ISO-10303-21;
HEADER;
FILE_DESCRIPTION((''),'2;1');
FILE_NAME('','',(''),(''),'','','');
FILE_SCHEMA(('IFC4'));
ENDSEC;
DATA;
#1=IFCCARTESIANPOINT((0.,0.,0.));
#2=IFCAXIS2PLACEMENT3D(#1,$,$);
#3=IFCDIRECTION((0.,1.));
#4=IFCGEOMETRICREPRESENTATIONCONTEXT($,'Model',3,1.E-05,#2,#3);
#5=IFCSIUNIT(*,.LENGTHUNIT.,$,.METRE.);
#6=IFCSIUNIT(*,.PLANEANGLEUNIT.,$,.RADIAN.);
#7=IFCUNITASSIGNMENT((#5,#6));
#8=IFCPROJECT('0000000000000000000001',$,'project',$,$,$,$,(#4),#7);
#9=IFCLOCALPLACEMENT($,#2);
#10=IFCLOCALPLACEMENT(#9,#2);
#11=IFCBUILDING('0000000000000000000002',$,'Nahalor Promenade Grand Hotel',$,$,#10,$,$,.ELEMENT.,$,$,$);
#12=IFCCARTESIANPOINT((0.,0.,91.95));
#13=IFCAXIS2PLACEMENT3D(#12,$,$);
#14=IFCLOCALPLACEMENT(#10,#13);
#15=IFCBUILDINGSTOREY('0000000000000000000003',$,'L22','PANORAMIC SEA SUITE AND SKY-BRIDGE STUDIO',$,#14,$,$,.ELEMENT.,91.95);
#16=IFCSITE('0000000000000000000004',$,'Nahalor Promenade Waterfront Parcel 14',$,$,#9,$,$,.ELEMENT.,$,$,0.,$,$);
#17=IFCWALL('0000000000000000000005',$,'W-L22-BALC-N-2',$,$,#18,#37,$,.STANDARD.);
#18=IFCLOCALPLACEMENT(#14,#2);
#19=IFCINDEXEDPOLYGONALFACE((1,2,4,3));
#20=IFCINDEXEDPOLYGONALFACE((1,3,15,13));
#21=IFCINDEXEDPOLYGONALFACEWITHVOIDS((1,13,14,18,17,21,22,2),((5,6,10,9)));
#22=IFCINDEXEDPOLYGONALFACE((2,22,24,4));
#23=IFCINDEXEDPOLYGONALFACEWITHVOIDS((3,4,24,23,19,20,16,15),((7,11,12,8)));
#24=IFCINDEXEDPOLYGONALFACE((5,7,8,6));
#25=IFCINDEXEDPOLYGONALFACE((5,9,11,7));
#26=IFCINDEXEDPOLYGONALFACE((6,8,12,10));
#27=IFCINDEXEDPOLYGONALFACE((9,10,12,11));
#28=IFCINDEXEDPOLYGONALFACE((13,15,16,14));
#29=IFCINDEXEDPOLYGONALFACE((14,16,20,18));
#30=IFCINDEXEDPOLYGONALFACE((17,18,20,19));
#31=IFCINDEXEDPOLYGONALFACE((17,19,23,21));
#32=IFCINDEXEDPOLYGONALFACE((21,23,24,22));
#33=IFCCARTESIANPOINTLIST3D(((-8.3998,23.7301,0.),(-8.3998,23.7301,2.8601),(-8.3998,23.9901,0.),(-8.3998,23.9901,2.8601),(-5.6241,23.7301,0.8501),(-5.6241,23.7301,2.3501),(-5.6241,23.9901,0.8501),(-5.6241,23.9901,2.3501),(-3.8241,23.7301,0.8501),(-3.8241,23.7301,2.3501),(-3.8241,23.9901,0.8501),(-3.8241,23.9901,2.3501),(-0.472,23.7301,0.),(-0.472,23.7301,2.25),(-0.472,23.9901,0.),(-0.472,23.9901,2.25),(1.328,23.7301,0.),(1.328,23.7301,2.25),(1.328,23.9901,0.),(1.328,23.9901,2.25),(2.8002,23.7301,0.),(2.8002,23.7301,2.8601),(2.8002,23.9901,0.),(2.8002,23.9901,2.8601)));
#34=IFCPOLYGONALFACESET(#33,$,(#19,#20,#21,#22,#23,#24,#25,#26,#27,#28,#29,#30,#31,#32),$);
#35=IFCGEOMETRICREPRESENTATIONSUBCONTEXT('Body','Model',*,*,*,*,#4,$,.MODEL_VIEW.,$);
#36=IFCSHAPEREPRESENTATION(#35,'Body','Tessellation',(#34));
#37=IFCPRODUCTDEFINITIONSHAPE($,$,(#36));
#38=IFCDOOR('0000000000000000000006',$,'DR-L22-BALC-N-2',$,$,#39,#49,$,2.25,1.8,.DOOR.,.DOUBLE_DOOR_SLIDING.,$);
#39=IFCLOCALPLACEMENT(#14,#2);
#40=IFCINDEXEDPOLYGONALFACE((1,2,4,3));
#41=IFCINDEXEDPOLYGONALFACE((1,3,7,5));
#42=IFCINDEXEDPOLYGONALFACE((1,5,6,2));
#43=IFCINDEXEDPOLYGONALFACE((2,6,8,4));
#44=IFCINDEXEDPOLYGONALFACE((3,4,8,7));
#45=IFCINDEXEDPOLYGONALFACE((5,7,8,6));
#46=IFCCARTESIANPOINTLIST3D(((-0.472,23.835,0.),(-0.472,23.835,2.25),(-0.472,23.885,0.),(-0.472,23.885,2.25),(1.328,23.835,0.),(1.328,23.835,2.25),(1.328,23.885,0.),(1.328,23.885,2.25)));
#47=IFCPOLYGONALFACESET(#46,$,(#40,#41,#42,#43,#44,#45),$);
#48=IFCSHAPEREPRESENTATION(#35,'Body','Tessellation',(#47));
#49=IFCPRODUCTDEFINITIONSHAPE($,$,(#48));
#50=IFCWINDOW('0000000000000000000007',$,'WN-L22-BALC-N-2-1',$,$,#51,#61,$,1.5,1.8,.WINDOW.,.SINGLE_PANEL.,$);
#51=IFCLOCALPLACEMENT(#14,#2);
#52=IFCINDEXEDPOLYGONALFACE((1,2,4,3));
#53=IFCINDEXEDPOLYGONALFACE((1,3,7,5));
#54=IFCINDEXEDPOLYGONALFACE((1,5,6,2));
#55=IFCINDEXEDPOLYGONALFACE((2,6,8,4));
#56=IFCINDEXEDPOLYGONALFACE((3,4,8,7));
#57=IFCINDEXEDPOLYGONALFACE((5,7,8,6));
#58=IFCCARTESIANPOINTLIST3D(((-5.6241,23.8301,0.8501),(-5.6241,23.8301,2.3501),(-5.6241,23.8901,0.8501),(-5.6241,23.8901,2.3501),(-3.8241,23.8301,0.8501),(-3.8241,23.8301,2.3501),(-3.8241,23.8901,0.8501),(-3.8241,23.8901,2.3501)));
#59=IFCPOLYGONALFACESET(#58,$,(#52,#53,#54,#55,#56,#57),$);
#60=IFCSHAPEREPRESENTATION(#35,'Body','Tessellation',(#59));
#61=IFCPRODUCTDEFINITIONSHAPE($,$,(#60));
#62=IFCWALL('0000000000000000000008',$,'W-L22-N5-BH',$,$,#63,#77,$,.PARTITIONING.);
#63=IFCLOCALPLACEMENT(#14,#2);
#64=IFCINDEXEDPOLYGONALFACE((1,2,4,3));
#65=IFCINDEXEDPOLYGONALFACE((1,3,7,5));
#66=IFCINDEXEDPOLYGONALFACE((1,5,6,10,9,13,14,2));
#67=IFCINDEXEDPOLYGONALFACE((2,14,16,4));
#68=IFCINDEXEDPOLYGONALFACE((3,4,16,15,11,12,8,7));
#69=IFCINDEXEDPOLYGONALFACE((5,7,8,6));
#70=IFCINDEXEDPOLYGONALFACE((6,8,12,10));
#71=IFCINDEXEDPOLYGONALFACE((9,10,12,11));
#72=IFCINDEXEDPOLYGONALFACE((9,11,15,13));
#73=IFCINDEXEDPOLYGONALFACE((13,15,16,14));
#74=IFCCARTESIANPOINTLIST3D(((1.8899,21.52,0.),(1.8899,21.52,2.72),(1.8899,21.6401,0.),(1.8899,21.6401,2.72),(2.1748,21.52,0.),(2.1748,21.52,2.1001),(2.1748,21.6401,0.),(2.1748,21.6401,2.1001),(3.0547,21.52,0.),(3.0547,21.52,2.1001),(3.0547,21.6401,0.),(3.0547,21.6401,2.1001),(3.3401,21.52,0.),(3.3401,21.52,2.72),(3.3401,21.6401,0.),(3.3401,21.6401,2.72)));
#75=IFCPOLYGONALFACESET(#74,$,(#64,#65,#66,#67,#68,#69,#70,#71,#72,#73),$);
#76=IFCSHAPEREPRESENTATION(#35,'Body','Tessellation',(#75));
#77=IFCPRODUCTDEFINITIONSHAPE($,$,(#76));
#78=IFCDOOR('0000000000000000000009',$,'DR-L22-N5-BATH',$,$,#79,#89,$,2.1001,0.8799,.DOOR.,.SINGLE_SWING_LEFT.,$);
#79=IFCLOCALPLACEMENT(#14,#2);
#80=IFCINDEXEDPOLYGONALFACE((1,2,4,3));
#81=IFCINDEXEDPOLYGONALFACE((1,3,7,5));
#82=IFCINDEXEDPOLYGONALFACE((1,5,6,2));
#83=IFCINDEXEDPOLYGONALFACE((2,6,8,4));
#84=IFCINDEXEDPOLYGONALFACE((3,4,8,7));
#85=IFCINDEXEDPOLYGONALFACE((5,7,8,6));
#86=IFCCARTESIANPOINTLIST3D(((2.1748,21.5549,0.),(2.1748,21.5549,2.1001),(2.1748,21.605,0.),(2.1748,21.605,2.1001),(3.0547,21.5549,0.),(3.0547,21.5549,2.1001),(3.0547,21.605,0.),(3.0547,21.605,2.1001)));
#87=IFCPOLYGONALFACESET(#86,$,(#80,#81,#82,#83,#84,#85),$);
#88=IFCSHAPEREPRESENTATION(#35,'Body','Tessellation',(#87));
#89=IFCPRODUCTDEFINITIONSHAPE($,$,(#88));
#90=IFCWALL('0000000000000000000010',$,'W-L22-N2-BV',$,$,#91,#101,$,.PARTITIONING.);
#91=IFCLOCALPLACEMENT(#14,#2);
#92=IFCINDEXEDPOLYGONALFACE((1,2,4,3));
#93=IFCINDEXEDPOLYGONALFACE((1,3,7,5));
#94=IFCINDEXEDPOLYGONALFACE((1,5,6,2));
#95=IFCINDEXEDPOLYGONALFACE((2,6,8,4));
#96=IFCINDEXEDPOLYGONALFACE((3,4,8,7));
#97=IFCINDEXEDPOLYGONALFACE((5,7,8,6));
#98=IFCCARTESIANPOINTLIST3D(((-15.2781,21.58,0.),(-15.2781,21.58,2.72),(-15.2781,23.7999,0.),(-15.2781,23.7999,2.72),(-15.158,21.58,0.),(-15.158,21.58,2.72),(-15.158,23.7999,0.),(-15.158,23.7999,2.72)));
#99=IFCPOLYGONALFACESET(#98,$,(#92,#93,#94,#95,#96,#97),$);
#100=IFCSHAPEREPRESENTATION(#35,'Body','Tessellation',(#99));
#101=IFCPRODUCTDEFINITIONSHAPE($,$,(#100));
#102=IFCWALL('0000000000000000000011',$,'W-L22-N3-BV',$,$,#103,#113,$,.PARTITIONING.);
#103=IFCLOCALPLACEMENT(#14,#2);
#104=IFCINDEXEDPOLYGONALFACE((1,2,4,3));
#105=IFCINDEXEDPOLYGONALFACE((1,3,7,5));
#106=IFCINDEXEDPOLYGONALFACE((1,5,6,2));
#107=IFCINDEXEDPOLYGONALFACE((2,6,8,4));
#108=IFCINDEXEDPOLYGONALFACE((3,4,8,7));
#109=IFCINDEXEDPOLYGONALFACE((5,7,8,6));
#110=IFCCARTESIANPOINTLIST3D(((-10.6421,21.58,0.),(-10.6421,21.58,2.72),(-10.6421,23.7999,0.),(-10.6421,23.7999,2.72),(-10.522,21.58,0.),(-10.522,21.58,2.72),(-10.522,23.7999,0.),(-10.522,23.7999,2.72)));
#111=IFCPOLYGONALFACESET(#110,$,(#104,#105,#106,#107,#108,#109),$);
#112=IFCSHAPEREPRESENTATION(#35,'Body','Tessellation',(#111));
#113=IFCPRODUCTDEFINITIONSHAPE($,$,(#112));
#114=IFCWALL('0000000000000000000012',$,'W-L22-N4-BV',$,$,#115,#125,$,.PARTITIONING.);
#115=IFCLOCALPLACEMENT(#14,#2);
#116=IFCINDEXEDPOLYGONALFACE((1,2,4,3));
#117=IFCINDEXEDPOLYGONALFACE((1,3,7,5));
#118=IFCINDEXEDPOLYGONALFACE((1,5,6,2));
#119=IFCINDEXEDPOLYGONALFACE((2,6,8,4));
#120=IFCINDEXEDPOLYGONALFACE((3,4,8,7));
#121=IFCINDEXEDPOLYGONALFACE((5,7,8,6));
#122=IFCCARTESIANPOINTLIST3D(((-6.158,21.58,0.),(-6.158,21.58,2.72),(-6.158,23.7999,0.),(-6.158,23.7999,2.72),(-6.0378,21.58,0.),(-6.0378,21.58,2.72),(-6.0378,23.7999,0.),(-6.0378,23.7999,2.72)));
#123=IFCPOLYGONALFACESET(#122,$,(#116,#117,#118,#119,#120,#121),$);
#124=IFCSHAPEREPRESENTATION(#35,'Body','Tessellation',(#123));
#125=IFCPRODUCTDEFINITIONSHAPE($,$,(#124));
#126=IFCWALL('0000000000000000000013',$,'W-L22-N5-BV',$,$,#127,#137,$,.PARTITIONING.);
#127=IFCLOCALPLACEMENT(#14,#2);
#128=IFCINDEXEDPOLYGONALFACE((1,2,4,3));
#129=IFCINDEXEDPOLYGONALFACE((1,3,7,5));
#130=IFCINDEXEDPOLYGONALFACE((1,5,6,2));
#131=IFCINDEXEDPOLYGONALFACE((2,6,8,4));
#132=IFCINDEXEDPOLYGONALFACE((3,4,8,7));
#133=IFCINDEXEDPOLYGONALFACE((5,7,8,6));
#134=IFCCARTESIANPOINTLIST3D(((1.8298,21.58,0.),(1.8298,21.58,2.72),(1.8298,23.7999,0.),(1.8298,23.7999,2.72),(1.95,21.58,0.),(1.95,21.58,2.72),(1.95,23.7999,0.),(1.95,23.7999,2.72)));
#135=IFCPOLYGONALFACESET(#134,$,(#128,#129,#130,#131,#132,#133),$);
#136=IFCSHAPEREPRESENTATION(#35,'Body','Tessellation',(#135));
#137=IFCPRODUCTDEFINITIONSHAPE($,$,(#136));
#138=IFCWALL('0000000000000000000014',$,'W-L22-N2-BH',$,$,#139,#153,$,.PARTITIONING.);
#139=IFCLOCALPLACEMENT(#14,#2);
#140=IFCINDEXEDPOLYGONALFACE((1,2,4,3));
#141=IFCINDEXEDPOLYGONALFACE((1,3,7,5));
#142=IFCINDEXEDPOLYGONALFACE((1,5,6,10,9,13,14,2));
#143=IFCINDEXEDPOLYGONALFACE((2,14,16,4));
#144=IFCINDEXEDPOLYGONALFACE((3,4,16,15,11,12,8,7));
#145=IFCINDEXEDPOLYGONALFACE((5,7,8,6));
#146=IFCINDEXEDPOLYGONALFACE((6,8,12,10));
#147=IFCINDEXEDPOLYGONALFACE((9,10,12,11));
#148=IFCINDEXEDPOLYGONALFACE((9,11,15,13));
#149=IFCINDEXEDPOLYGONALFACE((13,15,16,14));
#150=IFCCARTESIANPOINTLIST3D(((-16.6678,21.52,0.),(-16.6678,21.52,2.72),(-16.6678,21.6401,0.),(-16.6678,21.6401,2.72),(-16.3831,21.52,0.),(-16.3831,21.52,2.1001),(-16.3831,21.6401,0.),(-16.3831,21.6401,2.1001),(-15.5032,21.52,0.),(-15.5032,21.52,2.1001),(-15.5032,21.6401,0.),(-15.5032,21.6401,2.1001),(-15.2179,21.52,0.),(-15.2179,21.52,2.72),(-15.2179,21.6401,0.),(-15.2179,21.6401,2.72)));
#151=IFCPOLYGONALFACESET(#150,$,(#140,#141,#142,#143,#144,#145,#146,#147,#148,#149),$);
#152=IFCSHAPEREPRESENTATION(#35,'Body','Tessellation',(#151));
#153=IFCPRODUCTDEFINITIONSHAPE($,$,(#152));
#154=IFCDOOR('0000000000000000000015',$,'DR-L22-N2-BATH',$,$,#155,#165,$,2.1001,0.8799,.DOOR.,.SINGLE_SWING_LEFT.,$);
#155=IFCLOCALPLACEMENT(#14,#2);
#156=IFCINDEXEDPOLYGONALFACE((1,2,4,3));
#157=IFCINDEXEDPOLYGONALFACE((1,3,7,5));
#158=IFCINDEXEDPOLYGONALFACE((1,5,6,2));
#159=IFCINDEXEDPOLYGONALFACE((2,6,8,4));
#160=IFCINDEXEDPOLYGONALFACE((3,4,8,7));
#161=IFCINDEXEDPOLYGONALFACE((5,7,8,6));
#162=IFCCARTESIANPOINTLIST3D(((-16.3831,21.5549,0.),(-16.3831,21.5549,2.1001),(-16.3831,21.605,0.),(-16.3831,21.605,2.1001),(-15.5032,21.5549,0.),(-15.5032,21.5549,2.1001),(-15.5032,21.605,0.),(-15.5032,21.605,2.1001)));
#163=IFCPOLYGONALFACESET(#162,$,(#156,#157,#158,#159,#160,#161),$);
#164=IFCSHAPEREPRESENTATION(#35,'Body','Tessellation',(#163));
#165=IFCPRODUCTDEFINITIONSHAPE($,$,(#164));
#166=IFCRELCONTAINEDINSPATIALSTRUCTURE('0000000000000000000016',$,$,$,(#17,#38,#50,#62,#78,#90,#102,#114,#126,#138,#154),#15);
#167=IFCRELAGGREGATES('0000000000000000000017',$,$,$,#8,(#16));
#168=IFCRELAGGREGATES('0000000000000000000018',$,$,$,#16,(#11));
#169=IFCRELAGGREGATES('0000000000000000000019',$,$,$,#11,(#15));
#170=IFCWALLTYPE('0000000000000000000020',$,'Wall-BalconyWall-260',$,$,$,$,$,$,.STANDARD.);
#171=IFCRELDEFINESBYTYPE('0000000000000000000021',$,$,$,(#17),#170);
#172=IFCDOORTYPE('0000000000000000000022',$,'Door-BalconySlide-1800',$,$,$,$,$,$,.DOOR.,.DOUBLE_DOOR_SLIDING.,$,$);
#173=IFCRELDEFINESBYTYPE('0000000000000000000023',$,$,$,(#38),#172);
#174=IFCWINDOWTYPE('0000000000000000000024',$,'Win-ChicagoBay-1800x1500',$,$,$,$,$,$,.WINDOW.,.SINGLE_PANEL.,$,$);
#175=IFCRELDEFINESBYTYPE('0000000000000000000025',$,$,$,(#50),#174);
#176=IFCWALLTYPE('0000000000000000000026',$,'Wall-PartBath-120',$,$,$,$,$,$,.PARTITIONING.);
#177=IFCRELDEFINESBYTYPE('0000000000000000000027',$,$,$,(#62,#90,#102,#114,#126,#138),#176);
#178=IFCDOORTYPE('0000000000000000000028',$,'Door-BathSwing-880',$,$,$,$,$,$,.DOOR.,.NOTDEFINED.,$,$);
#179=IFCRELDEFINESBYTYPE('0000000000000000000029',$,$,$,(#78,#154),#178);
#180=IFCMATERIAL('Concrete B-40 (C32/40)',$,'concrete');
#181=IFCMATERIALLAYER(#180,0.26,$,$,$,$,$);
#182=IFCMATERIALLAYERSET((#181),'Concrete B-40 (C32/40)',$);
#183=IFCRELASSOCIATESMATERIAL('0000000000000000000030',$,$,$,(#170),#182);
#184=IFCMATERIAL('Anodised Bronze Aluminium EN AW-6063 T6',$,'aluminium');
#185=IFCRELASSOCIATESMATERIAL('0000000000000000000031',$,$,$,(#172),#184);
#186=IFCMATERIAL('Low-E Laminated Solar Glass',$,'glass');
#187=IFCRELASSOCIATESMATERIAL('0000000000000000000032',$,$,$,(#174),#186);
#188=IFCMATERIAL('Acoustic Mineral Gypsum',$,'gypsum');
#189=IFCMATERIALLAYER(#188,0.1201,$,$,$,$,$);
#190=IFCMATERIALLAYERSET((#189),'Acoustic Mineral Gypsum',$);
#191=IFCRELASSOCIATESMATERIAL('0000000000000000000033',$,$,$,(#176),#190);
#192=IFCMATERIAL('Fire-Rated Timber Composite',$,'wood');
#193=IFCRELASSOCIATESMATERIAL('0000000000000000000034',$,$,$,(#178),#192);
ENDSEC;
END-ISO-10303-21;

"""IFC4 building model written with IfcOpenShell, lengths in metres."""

from ifc_helpers import new_model, si_unit, direction, frame, frame_2d, origin, place, context, subcontext, project, spatial, rectangle, extrude, source, transform, mapped, material, layer, layer_set, type_object, element, fill, save


model = new_model("IFC4")

# Units and contexts
model_context = context("Model", 3, precision=1e-05, world=origin(), true_north=direction((0.0, 1.0)))
body_context = subcontext(model_context, "Body", "Model", "MODEL_VIEW")
ifc_project = project(units=[si_unit("LENGTHUNIT", "METRE"), si_unit("PLANEANGLEUNIT", "RADIAN")], contexts=[model_context])

# Site, building, storey
site_placement = place(None, origin())
site = spatial("IfcSite", under=ifc_project, at=site_placement, Name="Nahalor Promenade Waterfront Parcel 14", CompositionType="ELEMENT", RefElevation=0.0)
building_placement = place(site_placement, origin())
building = spatial("IfcBuilding", under=site, at=building_placement, Name="Nahalor Promenade Grand Hotel", CompositionType="ELEMENT")
storey_placement = place(building_placement, frame((0.0, 0.0, 91.95)))
storey = spatial("IfcBuildingStorey", under=building, at=storey_placement, Name="L22", Description="PANORAMIC SEA SUITE AND SKY-BRIDGE STUDIO", CompositionType="ELEMENT", Elevation=91.95)

# Shared definitions
ifc_material_1 = material(Name="Anodised Bronze Aluminium EN AW-6063 T6", Category="aluminium")
ifc_material_2 = material(Name="Low-E Laminated Solar Glass", Category="glass")

# Wall, openings, door, window
ifc_material_3 = material(Name="Concrete B-40 (C32/40)", Category="concrete")
ifc_layer_1 = layer(ifc_material_3, 0.26)
ifc_layer_set_1 = layer_set([ifc_layer_1], Name="Concrete B-40 (C32/40)")
wall_type_1 = type_object("IfcWallType", Name="Wall-BalconyWall-260", PredefinedType="STANDARD", material=ifc_layer_set_1)
shared_shape_1 = source(origin(), body_context, "Body", "SweptSolid", [
    extrude(rectangle(XDim=11.2, YDim=0.26, at=frame_2d((5.6001, 0.0))), origin(), (0.0, 0.0, 1.0), 2.8601),
])
wall_1_placement = place(storey_placement, frame((-8.3999, 23.8601, 0.0), z_axis=(0.0, 0.0, 1.0), x_axis=(1.0, 0.0, 0.0)))
wall_1 = element("IfcWall", 1, at=wall_1_placement, inside=storey, type_object=wall_type_1, Name="W-L22-BALC-N-2", PredefinedType="STANDARD", context=body_context, shape_type="MappedRepresentation", body=[
    mapped(shared_shape_1, transform((0.0, 0.0, 0.0), scale=1.0)),
])
opening_1_placement = place(wall_1_placement, frame((7.928, 0.0, 0.0)))
opening_1 = element("IfcOpeningElement", 2, at=opening_1_placement, cuts=wall_1, PredefinedType="OPENING", context=body_context, shape_type="SweptSolid", body=[
    extrude(rectangle(XDim=1.8, YDim=2.25, at=frame_2d((0.8999, 1.125))), frame((0.0, 0.1399, 0.0), z_axis=(0.0, -1.0, 0.0), x_axis=(1.0, 0.0, 0.0)), (0.0, 0.0, 1.0), 0.28),
])
opening_2_placement = place(wall_1_placement, frame((2.7759, 0.0, 0.8501)))
opening_2 = element("IfcOpeningElement", 3, at=opening_2_placement, cuts=wall_1, PredefinedType="OPENING", context=body_context, shape_type="SweptSolid", body=[
    extrude(rectangle(XDim=1.8, YDim=1.5, at=frame_2d((0.8999, 0.75))), frame((0.0, 0.1399, 0.0), z_axis=(0.0, -1.0, 0.0), x_axis=(1.0, 0.0, 0.0)), (0.0, 0.0, 1.0), 0.28),
])
door_type_1 = type_object("IfcDoorType", Name="Door-BalconySlide-1800", OperationType="DOUBLE_DOOR_SLIDING", PredefinedType="DOOR", material=ifc_material_1)
shared_shape_2 = source(origin(), body_context, "Body", "SweptSolid", [
    extrude(rectangle(XDim=1.8, YDim=2.25, at=frame_2d((0.8999, 1.125))), frame((0.0, 0.0249, 0.0), z_axis=(0.0, -1.0, 0.0), x_axis=(1.0, 0.0, 0.0)), (0.0, 0.0, 1.0), 0.05),
])
door_1_placement = place(opening_1_placement, origin())
door_1 = element("IfcDoor", 4, at=door_1_placement, inside=storey, type_object=door_type_1, Name="DR-L22-BALC-N-2", OperationType="DOUBLE_DOOR_SLIDING", OverallHeight=2.25, OverallWidth=1.8, PredefinedType="DOOR", context=body_context, shape_type="MappedRepresentation", body=[
    mapped(shared_shape_2, transform((0.0, 0.0, 0.0), scale=1.0)),
])
fill(opening_1, door_1)
window_type = type_object("IfcWindowType", Name="Win-ChicagoBay-1800x1500", PartitioningType="SINGLE_PANEL", PredefinedType="WINDOW", material=ifc_material_2)
shared_shape_3 = source(origin(), body_context, "Body", "SweptSolid", [
    extrude(rectangle(XDim=1.8, YDim=1.5, at=frame_2d((0.8999, 0.75))), frame((0.0, 0.03, 0.0), z_axis=(0.0, -1.0, 0.0), x_axis=(1.0, 0.0, 0.0)), (0.0, 0.0, 1.0), 0.0601),
])
window_placement = place(opening_2_placement, origin())
window = element("IfcWindow", 5, at=window_placement, inside=storey, type_object=window_type, Name="WN-L22-BALC-N-2-1", OverallHeight=1.5, OverallWidth=1.8, PartitioningType="SINGLE_PANEL", PredefinedType="WINDOW", context=body_context, shape_type="MappedRepresentation", body=[
    mapped(shared_shape_3, transform((0.0, 0.0, 0.0), scale=1.0)),
])
fill(opening_2, window)

# Wall, opening, door
ifc_material_4 = material(Name="Acoustic Mineral Gypsum", Category="gypsum")
ifc_layer_2 = layer(ifc_material_4, 0.1201)
ifc_layer_set_2 = layer_set([ifc_layer_2], Name="Acoustic Mineral Gypsum")
wall_type_2 = type_object("IfcWallType", Name="Wall-PartBath-120", PredefinedType="PARTITIONING", material=ifc_layer_set_2)
shared_shape_4 = source(origin(), body_context, "Body", "SweptSolid", [
    extrude(rectangle(XDim=1.4502, YDim=0.1201, at=frame_2d((0.7251, 0.0))), origin(), (0.0, 0.0, 1.0), 2.72),
])
wall_2_placement = place(storey_placement, frame((1.8899, 21.5801, 0.0), z_axis=(0.0, 0.0, 1.0), x_axis=(1.0, 0.0, 0.0)))
wall_2 = element("IfcWall", 6, at=wall_2_placement, inside=storey, type_object=wall_type_2, Name="W-L22-N5-BH", PredefinedType="PARTITIONING", context=body_context, shape_type="MappedRepresentation", body=[
    mapped(shared_shape_4, transform((0.0, 0.0, 0.0), scale=1.0)),
])
opening_3_placement = place(wall_2_placement, frame((0.2849, 0.0, 0.0)))
opening_3 = element("IfcOpeningElement", 7, at=opening_3_placement, cuts=wall_2, PredefinedType="OPENING", context=body_context, shape_type="SweptSolid", body=[
    extrude(rectangle(XDim=0.8799, YDim=2.1001, at=frame_2d((0.4399, 1.05))), frame((0.0, 0.0701, 0.0), z_axis=(0.0, -1.0, 0.0), x_axis=(1.0, 0.0, 0.0)), (0.0, 0.0, 1.0), 0.1401),
])
ifc_material_5 = material(Name="Fire-Rated Timber Composite", Category="wood")
door_type_2 = type_object("IfcDoorType", Name="Door-BathSwing-880", OperationType="NOTDEFINED", PredefinedType="DOOR", material=ifc_material_5)
shared_shape_5 = source(origin(), body_context, "Body", "SweptSolid", [
    extrude(rectangle(XDim=0.8799, YDim=2.1001, at=frame_2d((0.4399, 1.05))), frame((0.0, 0.0249, 0.0), z_axis=(0.0, -1.0, 0.0), x_axis=(1.0, 0.0, 0.0)), (0.0, 0.0, 1.0), 0.05),
])
door_2_placement = place(opening_3_placement, origin())
door_2 = element("IfcDoor", 8, at=door_2_placement, inside=storey, type_object=door_type_2, Name="DR-L22-N5-BATH", OperationType="SINGLE_SWING_LEFT", OverallHeight=2.1001, OverallWidth=0.8799, PredefinedType="DOOR", context=body_context, shape_type="MappedRepresentation", body=[
    mapped(shared_shape_5, transform((0.0, 0.0, 0.0), scale=1.0)),
])
fill(opening_3, door_2)

# Walls
shared_shape_6 = source(origin(), body_context, "Body", "SweptSolid", [
    extrude(rectangle(XDim=2.22, YDim=0.1201, at=frame_2d((1.1099, 0.0))), origin(), (0.0, 0.0, 1.0), 2.72),
])
for number, where, z_axis, x_axis, name in (
    (9, (-15.218, 21.5801, 0.0), (0.0, 0.0, 1.0), (0.0, 1.0, 0.0), "W-L22-N2-BV"),
    (10, (-10.582, 21.5801, 0.0), (0.0, 0.0, 1.0), (0.0, 1.0, 0.0), "W-L22-N3-BV"),
    (11, (-6.0979, 21.5801, 0.0), (0.0, 0.0, 1.0), (0.0, 1.0, 0.0), "W-L22-N4-BV"),
    (12, (1.8899, 21.5801, 0.0), (0.0, 0.0, 1.0), (0.0, 1.0, 0.0), "W-L22-N5-BV"),
):
    element("IfcWall", number, at=place(storey_placement, frame(where, z_axis=z_axis, x_axis=x_axis)), inside=storey, type_object=wall_type_2, Name=name, PredefinedType="PARTITIONING", context=body_context, shape_type="MappedRepresentation", body=[
        mapped(shared_shape_6, transform((0.0, 0.0, 0.0), scale=1.0)),
    ])

# Wall, opening, door
shared_shape_7 = source(origin(), body_context, "Body", "SweptSolid", [
    extrude(rectangle(XDim=1.45, YDim=0.1201, at=frame_2d((0.7251, 0.0))), origin(), (0.0, 0.0, 1.0), 2.72),
])
wall_3_placement = place(storey_placement, frame((-16.668, 21.5801, 0.0), z_axis=(0.0, 0.0, 1.0), x_axis=(1.0, 0.0, 0.0)))
wall_3 = element("IfcWall", 13, at=wall_3_placement, inside=storey, type_object=wall_type_2, Name="W-L22-N2-BH", PredefinedType="PARTITIONING", context=body_context, shape_type="MappedRepresentation", body=[
    mapped(shared_shape_7, transform((0.0, 0.0, 0.0), scale=1.0)),
])
opening_4_placement = place(wall_3_placement, frame((0.2849, 0.0, 0.0)))
opening_4 = element("IfcOpeningElement", 14, at=opening_4_placement, cuts=wall_3, PredefinedType="OPENING", context=body_context, shape_type="SweptSolid", body=[
    extrude(rectangle(XDim=0.8799, YDim=2.1001, at=frame_2d((0.4399, 1.05))), frame((0.0, 0.0701, 0.0), z_axis=(0.0, -1.0, 0.0), x_axis=(1.0, 0.0, 0.0)), (0.0, 0.0, 1.0), 0.1401),
])
door_3_placement = place(opening_4_placement, origin())
door_3 = element("IfcDoor", 15, at=door_3_placement, inside=storey, type_object=door_type_2, Name="DR-L22-N2-BATH", OperationType="SINGLE_SWING_LEFT", OverallHeight=2.1001, OverallWidth=0.8799, PredefinedType="DOOR", context=body_context, shape_type="MappedRepresentation", body=[
    mapped(shared_shape_5, transform((0.0, 0.0, 0.0), scale=1.0)),
])
fill(opening_4, door_3)

save(model, "model.ifc")
